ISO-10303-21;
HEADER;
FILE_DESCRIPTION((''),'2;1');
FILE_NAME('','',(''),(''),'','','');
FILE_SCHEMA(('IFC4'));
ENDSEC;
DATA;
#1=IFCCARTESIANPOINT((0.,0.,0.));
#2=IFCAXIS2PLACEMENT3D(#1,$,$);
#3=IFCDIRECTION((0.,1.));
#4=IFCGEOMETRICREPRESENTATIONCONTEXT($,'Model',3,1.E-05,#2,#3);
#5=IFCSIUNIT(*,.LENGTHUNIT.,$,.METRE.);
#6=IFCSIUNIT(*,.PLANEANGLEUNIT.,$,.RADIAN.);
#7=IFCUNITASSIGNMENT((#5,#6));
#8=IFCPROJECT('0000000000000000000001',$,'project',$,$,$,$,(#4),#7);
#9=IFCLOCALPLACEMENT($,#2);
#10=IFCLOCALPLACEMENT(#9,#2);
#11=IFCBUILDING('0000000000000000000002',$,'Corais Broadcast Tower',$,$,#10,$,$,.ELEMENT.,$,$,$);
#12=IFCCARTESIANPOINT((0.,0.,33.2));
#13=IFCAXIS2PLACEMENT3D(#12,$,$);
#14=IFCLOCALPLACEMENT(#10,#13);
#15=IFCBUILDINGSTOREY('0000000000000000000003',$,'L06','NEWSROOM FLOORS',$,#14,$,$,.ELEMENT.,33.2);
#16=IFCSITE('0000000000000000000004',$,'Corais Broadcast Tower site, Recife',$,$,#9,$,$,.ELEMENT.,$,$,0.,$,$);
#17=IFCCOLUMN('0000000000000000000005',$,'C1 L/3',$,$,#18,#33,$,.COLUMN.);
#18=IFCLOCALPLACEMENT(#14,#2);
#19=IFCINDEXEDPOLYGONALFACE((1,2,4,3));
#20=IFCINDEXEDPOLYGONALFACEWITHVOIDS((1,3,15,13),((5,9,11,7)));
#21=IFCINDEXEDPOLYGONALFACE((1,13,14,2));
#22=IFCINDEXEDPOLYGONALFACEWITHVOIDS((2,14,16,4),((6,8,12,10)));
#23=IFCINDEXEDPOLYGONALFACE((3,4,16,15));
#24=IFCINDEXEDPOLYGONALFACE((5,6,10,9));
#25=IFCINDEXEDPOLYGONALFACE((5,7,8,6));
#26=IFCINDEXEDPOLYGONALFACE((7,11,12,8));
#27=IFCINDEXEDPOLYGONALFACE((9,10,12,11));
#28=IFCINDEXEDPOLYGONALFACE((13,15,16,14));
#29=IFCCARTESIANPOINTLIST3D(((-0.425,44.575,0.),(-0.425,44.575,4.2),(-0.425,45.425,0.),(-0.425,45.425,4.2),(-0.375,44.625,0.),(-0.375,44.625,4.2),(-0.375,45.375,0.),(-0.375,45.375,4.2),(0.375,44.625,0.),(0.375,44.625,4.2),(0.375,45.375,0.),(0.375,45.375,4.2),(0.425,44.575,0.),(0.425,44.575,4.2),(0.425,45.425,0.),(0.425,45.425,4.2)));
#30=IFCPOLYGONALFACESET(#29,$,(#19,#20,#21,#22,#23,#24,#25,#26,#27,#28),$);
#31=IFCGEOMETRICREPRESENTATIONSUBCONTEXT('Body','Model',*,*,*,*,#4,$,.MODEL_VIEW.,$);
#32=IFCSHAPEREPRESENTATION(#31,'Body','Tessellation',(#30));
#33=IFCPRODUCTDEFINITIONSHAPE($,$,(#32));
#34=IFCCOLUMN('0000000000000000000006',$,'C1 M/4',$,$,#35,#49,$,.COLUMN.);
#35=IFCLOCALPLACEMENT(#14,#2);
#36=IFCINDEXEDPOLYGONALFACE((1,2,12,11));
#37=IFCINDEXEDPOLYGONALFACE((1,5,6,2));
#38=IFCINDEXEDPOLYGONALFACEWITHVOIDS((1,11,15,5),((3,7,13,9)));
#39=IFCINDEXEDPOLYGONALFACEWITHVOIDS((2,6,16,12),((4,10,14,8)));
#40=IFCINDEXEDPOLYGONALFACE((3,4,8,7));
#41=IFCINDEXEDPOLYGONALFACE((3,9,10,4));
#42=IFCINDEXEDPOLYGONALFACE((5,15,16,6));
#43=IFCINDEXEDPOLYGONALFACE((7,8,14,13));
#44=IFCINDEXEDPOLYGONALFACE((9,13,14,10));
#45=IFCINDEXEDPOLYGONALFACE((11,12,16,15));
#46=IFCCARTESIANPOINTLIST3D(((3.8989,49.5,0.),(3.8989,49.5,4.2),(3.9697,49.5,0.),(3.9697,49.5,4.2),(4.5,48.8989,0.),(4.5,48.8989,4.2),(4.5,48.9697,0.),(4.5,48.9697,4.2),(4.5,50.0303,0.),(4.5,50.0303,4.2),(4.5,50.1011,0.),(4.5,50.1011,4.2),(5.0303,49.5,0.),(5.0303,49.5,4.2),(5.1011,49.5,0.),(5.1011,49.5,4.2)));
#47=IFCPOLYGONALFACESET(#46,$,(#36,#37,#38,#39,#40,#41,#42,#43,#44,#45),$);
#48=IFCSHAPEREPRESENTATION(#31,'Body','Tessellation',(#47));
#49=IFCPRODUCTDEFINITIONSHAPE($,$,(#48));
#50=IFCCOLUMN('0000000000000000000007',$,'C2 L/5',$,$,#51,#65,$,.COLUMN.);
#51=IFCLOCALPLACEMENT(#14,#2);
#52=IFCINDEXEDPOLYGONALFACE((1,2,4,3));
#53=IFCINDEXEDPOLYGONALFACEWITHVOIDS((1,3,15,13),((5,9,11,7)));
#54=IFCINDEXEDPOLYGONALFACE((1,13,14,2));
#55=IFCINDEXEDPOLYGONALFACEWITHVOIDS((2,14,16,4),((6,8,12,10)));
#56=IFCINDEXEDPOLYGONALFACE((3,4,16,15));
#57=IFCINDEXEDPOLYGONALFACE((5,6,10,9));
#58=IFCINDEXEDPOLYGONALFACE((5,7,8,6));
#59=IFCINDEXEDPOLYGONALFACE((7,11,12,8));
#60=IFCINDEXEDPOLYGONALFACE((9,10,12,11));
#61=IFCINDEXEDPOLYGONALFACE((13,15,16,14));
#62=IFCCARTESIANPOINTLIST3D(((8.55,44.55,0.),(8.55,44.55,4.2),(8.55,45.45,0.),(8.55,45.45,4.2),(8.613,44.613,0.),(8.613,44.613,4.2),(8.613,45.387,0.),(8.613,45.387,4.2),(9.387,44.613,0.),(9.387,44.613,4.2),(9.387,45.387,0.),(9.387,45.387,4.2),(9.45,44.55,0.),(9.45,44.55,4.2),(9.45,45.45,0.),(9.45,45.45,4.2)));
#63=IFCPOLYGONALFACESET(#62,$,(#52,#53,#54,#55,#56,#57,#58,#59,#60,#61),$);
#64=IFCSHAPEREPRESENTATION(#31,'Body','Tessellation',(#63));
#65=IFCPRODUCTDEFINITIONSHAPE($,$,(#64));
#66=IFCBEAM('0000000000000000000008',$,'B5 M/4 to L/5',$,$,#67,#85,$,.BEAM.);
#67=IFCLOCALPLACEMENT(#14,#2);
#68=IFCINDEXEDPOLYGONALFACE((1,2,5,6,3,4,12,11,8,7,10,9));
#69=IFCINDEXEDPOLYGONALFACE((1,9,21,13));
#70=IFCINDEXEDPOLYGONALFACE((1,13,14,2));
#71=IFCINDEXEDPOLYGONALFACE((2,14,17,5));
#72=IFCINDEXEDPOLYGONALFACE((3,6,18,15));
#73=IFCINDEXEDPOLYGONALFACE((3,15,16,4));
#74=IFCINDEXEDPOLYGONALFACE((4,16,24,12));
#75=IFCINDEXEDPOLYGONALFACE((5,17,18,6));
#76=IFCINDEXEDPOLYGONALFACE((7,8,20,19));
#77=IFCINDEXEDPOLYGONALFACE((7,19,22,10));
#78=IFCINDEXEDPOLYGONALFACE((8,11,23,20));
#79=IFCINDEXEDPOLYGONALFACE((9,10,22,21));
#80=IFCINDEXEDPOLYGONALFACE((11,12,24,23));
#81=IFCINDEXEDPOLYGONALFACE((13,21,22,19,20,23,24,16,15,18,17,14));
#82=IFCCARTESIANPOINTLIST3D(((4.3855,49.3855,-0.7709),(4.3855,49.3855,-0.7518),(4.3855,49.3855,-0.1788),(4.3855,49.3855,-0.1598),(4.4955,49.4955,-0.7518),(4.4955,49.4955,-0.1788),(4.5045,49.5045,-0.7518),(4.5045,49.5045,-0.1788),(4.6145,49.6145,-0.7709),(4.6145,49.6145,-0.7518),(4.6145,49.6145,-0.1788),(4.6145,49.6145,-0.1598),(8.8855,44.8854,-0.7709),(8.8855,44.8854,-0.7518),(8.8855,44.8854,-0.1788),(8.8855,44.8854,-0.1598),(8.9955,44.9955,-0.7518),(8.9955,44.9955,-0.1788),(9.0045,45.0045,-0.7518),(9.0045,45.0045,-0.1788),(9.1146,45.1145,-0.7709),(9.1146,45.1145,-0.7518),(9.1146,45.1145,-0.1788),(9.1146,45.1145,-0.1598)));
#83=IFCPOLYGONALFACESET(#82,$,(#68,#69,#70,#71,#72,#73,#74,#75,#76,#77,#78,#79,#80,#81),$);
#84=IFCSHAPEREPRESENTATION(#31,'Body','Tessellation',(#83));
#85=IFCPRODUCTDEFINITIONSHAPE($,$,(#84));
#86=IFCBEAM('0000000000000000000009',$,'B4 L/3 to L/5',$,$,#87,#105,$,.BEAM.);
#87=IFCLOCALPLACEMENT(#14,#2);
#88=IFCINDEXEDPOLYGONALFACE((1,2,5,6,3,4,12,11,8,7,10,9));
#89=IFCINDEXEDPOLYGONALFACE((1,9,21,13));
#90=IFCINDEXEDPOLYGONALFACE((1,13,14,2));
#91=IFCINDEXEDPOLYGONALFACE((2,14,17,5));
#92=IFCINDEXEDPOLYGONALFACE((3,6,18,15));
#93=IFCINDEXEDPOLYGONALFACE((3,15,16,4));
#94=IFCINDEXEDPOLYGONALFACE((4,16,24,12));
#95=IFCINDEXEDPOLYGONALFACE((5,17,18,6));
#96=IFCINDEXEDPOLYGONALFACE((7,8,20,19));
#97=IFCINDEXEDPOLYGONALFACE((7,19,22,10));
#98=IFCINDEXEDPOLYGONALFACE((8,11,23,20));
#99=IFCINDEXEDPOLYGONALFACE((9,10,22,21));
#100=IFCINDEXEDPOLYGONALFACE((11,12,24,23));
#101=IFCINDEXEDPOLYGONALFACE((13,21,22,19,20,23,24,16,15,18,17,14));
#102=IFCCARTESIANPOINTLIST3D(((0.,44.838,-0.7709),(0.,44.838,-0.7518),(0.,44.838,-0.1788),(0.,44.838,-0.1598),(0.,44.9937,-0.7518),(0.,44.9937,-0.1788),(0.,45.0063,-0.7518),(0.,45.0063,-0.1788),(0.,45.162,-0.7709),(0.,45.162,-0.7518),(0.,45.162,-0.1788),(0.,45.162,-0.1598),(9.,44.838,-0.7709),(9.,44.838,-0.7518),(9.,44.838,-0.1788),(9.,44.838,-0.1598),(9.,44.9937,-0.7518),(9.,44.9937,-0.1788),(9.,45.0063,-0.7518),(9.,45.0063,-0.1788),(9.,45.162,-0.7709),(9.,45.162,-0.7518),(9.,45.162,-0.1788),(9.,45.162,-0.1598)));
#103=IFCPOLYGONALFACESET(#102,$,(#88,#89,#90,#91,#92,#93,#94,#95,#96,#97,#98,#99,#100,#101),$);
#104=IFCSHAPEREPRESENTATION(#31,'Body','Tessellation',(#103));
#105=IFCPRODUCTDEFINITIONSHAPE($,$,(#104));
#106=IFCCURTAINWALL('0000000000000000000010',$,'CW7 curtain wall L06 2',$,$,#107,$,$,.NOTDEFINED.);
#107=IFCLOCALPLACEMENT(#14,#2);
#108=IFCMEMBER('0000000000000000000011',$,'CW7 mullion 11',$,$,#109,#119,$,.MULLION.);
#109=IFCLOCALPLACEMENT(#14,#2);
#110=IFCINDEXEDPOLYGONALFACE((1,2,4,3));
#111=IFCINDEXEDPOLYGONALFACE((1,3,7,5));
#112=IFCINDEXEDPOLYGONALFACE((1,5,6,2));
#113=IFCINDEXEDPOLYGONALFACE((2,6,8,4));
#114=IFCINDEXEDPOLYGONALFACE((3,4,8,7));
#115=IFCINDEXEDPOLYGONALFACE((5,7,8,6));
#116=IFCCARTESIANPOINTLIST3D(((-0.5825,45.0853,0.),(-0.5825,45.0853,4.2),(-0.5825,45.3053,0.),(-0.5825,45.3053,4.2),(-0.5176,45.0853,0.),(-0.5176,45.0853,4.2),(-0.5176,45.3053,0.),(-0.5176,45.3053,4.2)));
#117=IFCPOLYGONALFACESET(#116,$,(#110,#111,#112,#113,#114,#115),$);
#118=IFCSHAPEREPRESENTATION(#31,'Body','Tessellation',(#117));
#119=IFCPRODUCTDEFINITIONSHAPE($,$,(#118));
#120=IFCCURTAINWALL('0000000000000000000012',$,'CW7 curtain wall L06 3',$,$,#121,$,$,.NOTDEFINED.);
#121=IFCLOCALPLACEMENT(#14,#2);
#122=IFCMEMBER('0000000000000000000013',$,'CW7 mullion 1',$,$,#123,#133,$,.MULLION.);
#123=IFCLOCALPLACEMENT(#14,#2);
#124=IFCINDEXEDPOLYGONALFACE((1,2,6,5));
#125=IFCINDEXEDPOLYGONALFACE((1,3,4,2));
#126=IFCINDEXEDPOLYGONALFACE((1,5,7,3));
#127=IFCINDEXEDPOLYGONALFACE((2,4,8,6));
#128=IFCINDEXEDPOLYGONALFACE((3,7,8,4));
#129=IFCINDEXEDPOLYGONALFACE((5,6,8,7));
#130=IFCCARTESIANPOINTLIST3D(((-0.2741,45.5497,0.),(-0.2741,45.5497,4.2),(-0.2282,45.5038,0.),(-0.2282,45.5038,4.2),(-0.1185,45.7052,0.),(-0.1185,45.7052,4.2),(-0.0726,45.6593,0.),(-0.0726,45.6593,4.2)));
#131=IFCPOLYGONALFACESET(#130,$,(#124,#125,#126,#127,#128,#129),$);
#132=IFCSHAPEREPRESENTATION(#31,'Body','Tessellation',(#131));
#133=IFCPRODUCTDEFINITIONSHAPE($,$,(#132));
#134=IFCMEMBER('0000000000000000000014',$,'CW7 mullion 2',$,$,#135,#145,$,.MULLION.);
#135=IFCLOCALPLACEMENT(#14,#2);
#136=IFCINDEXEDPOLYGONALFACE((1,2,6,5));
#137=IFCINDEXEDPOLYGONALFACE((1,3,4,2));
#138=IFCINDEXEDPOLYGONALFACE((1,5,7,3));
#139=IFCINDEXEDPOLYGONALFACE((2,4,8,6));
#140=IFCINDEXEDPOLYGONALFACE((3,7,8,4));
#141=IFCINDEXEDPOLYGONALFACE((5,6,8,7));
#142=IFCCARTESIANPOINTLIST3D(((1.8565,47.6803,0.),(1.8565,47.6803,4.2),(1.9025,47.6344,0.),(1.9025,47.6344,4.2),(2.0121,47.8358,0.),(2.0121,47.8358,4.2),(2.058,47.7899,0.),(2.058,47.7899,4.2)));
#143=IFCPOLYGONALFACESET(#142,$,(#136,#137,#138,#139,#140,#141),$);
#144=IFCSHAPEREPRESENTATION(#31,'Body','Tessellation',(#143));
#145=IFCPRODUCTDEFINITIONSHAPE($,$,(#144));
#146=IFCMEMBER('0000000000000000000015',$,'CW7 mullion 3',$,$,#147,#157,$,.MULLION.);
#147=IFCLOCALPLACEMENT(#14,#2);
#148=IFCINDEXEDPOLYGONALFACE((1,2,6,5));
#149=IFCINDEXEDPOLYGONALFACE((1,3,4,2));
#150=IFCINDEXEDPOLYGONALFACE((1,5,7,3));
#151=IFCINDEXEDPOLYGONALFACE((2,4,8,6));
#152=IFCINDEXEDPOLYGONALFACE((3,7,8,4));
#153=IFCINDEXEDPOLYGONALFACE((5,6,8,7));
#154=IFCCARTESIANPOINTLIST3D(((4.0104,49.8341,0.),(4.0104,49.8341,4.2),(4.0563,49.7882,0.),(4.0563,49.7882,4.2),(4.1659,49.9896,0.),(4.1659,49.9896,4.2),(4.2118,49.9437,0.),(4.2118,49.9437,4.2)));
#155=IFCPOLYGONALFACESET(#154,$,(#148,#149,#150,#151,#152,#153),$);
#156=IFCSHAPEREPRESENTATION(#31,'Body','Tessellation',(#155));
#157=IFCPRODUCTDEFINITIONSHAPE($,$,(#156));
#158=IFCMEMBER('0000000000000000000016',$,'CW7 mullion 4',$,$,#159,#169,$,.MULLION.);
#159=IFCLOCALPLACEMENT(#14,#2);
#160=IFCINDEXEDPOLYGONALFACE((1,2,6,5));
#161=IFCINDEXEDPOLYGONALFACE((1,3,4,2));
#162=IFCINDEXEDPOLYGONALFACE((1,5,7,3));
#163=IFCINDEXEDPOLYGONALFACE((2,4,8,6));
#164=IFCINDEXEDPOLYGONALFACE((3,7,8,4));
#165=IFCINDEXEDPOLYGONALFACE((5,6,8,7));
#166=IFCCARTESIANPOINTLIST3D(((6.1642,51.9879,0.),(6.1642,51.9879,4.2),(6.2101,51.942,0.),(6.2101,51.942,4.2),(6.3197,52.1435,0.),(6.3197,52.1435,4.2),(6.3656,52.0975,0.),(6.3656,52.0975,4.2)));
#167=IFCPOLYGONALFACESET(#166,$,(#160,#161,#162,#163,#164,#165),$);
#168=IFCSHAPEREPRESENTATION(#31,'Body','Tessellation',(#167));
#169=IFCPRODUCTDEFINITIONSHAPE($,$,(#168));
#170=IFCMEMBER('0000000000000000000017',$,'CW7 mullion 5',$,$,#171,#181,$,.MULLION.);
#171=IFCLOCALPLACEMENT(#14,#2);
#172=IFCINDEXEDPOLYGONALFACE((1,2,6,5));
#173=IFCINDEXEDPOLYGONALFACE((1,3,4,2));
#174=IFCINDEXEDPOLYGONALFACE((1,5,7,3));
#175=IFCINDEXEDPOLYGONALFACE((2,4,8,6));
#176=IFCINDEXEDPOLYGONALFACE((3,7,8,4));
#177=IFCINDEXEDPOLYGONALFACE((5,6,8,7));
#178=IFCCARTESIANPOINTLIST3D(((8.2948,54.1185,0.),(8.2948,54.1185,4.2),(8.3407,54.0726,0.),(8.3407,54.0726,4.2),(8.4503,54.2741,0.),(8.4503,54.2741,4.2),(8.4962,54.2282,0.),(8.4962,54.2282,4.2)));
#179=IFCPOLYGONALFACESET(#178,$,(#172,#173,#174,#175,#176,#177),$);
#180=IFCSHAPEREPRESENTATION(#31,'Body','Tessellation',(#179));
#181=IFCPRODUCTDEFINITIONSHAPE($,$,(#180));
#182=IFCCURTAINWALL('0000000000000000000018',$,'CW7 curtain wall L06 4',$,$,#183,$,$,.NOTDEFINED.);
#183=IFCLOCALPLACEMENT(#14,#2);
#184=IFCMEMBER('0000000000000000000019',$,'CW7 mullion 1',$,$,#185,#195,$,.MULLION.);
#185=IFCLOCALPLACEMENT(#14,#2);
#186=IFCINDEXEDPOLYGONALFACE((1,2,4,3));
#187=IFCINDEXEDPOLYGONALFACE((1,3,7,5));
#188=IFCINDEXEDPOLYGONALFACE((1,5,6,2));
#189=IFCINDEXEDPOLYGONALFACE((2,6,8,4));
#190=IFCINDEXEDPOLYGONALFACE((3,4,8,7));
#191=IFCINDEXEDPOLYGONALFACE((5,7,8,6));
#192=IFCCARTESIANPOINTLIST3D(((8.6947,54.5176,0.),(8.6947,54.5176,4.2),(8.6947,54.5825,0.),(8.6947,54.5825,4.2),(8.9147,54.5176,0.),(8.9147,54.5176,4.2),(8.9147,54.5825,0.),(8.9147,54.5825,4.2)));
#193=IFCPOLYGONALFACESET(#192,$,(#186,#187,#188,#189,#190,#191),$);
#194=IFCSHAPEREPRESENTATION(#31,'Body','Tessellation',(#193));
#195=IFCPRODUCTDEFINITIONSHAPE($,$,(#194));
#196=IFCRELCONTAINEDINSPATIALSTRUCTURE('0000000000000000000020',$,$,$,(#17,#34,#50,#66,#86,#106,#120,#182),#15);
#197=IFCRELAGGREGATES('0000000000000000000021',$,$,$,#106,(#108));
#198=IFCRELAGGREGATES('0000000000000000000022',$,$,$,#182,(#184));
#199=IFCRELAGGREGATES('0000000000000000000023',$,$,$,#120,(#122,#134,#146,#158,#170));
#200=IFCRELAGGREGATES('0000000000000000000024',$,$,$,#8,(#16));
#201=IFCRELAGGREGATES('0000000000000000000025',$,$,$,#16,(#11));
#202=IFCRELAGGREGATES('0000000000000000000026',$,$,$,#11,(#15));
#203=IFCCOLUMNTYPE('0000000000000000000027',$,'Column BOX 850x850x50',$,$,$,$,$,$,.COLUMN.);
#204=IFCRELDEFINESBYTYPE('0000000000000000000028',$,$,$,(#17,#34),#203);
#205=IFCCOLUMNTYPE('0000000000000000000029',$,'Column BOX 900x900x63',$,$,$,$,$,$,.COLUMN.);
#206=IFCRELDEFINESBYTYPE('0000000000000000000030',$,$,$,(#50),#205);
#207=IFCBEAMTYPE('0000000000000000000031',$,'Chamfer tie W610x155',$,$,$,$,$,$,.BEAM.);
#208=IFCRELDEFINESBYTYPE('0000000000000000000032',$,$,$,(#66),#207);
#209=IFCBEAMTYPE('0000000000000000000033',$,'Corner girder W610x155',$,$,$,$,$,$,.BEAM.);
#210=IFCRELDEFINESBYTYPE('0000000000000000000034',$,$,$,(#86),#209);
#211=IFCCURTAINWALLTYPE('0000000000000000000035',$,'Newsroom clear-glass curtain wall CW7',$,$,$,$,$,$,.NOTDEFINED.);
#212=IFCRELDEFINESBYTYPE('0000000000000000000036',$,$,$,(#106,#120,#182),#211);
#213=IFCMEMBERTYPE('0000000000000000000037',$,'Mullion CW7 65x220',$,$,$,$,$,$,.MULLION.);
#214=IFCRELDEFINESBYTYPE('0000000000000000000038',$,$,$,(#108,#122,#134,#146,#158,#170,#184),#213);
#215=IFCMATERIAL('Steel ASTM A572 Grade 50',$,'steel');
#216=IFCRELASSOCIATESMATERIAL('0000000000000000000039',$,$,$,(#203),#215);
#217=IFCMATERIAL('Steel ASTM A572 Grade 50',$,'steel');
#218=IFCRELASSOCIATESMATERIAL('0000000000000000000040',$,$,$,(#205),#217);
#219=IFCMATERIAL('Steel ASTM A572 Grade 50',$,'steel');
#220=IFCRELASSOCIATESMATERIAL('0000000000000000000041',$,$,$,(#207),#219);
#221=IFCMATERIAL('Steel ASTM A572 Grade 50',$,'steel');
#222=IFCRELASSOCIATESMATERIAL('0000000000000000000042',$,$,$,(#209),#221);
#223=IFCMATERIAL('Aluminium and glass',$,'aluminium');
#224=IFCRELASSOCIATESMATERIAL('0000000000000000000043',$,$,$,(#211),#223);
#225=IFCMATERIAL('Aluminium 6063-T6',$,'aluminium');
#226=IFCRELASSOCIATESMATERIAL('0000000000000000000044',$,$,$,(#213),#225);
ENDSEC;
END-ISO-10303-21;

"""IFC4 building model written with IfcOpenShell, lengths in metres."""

from ifc_helpers import new_model, si_unit, direction, frame, origin, origin_2d, place, context, subcontext, project, spatial, rectangle, hollow_rectangle, i_section, extrude, material, material_profile, profile_set, type_object, element, aggregate, save


model = new_model("IFC4")

# Units and contexts
model_context = context("Model", 3, precision=1e-05, world=origin(), true_north=direction((0.0, 1.0)))
body_context = subcontext(model_context, "Body", "Model", "MODEL_VIEW")
ifc_project = project(units=[si_unit("LENGTHUNIT", "METRE"), si_unit("PLANEANGLEUNIT", "RADIAN")], contexts=[model_context])

# Site, building, storey
site_placement = place(None, origin())
site = spatial("IfcSite", under=ifc_project, at=site_placement, Name="Corais Broadcast Tower site, Recife", CompositionType="ELEMENT", RefElevation=0.0)
building_placement = place(site_placement, origin())
building = spatial("IfcBuilding", under=site, at=building_placement, Name="Corais Broadcast Tower", CompositionType="ELEMENT")
storey_placement = place(building_placement, frame((0.0, 0.0, 33.2)))
storey = spatial("IfcBuildingStorey", under=building, at=storey_placement, Name="L06", Description="NEWSROOM FLOORS", CompositionType="ELEMENT", Elevation=33.2)

# Columns
ifc_material_1 = material(Name="Steel ASTM A572 Grade 50", Category="steel")
ifc_material_profile_1 = material_profile(ifc_material_1, hollow_rectangle(XDim=0.8501, YDim=0.8501, WallThickness=0.05, at=origin_2d()), Name="BOX 850x850x50")
ifc_profile_set_1 = profile_set([ifc_material_profile_1], Name="Steel ASTM A572 Grade 50")
column_type_1 = type_object("IfcColumnType", Name="Column BOX 850x850x50", PredefinedType="COLUMN", material=ifc_profile_set_1)
for number, where, z_axis, x_axis, name in (
    (1, (0.0, 45.0, 0.0), (0.0, 0.0, 1.0), (1.0, 0.0, 0.0), "C1 L/3"),
    (2, (4.5, 49.5, 0.0), (0.0, 0.0, 1.0), (0.707107, 0.707107, 0.0), "C1 M/4"),
):
    element("IfcColumn", number, at=place(storey_placement, frame(where, z_axis=z_axis, x_axis=x_axis)), inside=storey, type_object=column_type_1, Name=name, PredefinedType="COLUMN", context=body_context, shape_type="SweptSolid", body=[
        extrude(hollow_rectangle(XDim=0.8501, YDim=0.8501, WallThickness=0.05, at=origin_2d()), origin(), (0.0, 0.0, 1.0), 4.2),
    ])
ifc_material_2 = material(Name="Steel ASTM A572 Grade 50", Category="steel")
ifc_material_profile_2 = material_profile(ifc_material_2, hollow_rectangle(XDim=0.8999, YDim=0.8999, WallThickness=0.063, at=origin_2d()), Name="BOX 900x900x63")
ifc_profile_set_2 = profile_set([ifc_material_profile_2], Name="Steel ASTM A572 Grade 50")
column_type_2 = type_object("IfcColumnType", Name="Column BOX 900x900x63", PredefinedType="COLUMN", material=ifc_profile_set_2)
column_placement = place(storey_placement, frame((9.0, 45.0, 0.0), z_axis=(0.0, 0.0, 1.0), x_axis=(1.0, 0.0, 0.0)))
element("IfcColumn", 3, at=column_placement, inside=storey, type_object=column_type_2, Name="C2 L/5", PredefinedType="COLUMN", context=body_context, shape_type="SweptSolid", body=[
    extrude(hollow_rectangle(XDim=0.8999, YDim=0.8999, WallThickness=0.063, at=origin_2d()), origin(), (0.0, 0.0, 1.0), 4.2),
])

# Beams
ifc_material_3 = material(Name="Steel ASTM A572 Grade 50", Category="steel")
ifc_material_profile_3 = material_profile(ifc_material_3, i_section(OverallWidth=0.324, OverallDepth=0.6111, WebThickness=0.0127, FlangeThickness=0.019, at=origin_2d()), Name="W610x155")
ifc_profile_set_3 = profile_set([ifc_material_profile_3], Name="Steel ASTM A572 Grade 50")
beam_type_1 = type_object("IfcBeamType", Name="Chamfer tie W610x155", PredefinedType="BEAM", material=ifc_profile_set_3)
beam_1_placement = place(storey_placement, frame((4.5, 49.5, -0.4653), z_axis=(0.707107, -0.707107, 0.0), x_axis=(0.707107, 0.707107, 0.0)))
element("IfcBeam", 4, at=beam_1_placement, inside=storey, type_object=beam_type_1, Name="B5 M/4 to L/5", PredefinedType="BEAM", context=body_context, shape_type="SweptSolid", body=[
    extrude(i_section(OverallWidth=0.324, OverallDepth=0.6111, WebThickness=0.0127, FlangeThickness=0.019, at=origin_2d()), origin(), (0.0, 0.0, 1.0), 6.364),
])
ifc_material_4 = material(Name="Steel ASTM A572 Grade 50", Category="steel")
ifc_material_profile_4 = material_profile(ifc_material_4, i_section(OverallWidth=0.324, OverallDepth=0.6111, WebThickness=0.0127, FlangeThickness=0.019, at=origin_2d()), Name="W610x155")
ifc_profile_set_4 = profile_set([ifc_material_profile_4], Name="Steel ASTM A572 Grade 50")
beam_type_2 = type_object("IfcBeamType", Name="Corner girder W610x155", PredefinedType="BEAM", material=ifc_profile_set_4)
beam_2_placement = place(storey_placement, frame((0.0, 45.0, -0.4653), z_axis=(1.0, 0.0, 0.0), x_axis=(0.0, 1.0, 0.0)))
element("IfcBeam", 5, at=beam_2_placement, inside=storey, type_object=beam_type_2, Name="B4 L/3 to L/5", PredefinedType="BEAM", context=body_context, shape_type="SweptSolid", body=[
    extrude(i_section(OverallWidth=0.324, OverallDepth=0.6111, WebThickness=0.0127, FlangeThickness=0.019, at=origin_2d()), origin(), (0.0, 0.0, 1.0), 9.0),
])

# Curtain wall, member
ifc_material_5 = material(Name="Aluminium and glass", Category="aluminium")
curtain_wall_type = type_object("IfcCurtainWallType", Name="Newsroom clear-glass curtain wall CW7", PredefinedType="NOTDEFINED", material=ifc_material_5)
curtain_wall_1_placement = place(storey_placement, origin())
curtain_wall_1 = element("IfcCurtainWall", 6, at=curtain_wall_1_placement, inside=storey, type_object=curtain_wall_type, Name="CW7 curtain wall L06 2", PredefinedType="NOTDEFINED")
ifc_material_6 = material(Name="Aluminium 6063-T6", Category="aluminium")
ifc_material_profile_5 = material_profile(ifc_material_6, rectangle(XDim=0.0649, YDim=0.22, at=origin_2d()), Name="Mullion CW7 65x220")
ifc_profile_set_5 = profile_set([ifc_material_profile_5], Name="Aluminium 6063-T6")
member_type_1 = type_object("IfcMemberType", Name="Mullion CW7 65x220", PredefinedType="MULLION", material=ifc_profile_set_5)
member_1_placement = place(storey_placement, frame((-0.55, 45.1953, 0.0), z_axis=(0.0, 0.0, 1.0), x_axis=(-1.0, 0.0, 0.0)))
member_1 = element("IfcMember", 7, at=member_1_placement, type_object=member_type_1, Name="CW7 mullion 11", PredefinedType="MULLION", context=body_context, shape_type="SweptSolid", body=[
    extrude(rectangle(XDim=0.0649, YDim=0.22, at=origin_2d()), origin(), (0.0, 0.0, 1.0), 4.2),
])
aggregate(curtain_wall_1, [member_1])

# Curtain wall, members
curtain_wall_2_placement = place(storey_placement, origin())
curtain_wall_2 = element("IfcCurtainWall", 8, at=curtain_wall_2_placement, inside=storey, type_object=curtain_wall_type, Name="CW7 curtain wall L06 3", PredefinedType="NOTDEFINED")
member_2_placement = place(storey_placement, frame((-0.1733, 45.6045, 0.0), z_axis=(0.0, 0.0, 1.0), x_axis=(-0.707107, 0.707107, 0.0)))
member_2 = element("IfcMember", 9, at=member_2_placement, type_object=member_type_1, Name="CW7 mullion 1", PredefinedType="MULLION", context=body_context, shape_type="SweptSolid", body=[
    extrude(rectangle(XDim=0.0649, YDim=0.22, at=origin_2d()), origin(), (0.0, 0.0, 1.0), 4.2),
])
member_3_placement = place(storey_placement, frame((1.9573, 47.7351, 0.0), z_axis=(0.0, 0.0, 1.0), x_axis=(-0.707107, 0.707107, 0.0)))
member_3 = element("IfcMember", 10, at=member_3_placement, type_object=member_type_1, Name="CW7 mullion 2", PredefinedType="MULLION", context=body_context, shape_type="SweptSolid", body=[
    extrude(rectangle(XDim=0.0649, YDim=0.22, at=origin_2d()), origin(), (0.0, 0.0, 1.0), 4.2),
])
member_4_placement = place(storey_placement, frame((4.1111, 49.8889, 0.0), z_axis=(0.0, 0.0, 1.0), x_axis=(-0.707107, 0.707107, 0.0)))
member_4 = element("IfcMember", 11, at=member_4_placement, type_object=member_type_1, Name="CW7 mullion 3", PredefinedType="MULLION", context=body_context, shape_type="SweptSolid", body=[
    extrude(rectangle(XDim=0.0649, YDim=0.22, at=origin_2d()), origin(), (0.0, 0.0, 1.0), 4.2),
])
member_5_placement = place(storey_placement, frame((6.2649, 52.0427, 0.0), z_axis=(0.0, 0.0, 1.0), x_axis=(-0.707107, 0.707107, 0.0)))
member_5 = element("IfcMember", 12, at=member_5_placement, type_object=member_type_1, Name="CW7 mullion 4", PredefinedType="MULLION", context=body_context, shape_type="SweptSolid", body=[
    extrude(rectangle(XDim=0.0649, YDim=0.22, at=origin_2d()), origin(), (0.0, 0.0, 1.0), 4.2),
])
member_6_placement = place(storey_placement, frame((8.3955, 54.1733, 0.0), z_axis=(0.0, 0.0, 1.0), x_axis=(-0.707107, 0.707107, 0.0)))
member_6 = element("IfcMember", 13, at=member_6_placement, type_object=member_type_1, Name="CW7 mullion 5", PredefinedType="MULLION", context=body_context, shape_type="SweptSolid", body=[
    extrude(rectangle(XDim=0.0649, YDim=0.22, at=origin_2d()), origin(), (0.0, 0.0, 1.0), 4.2),
])

# Curtain wall, member
curtain_wall_3_placement = place(storey_placement, origin())
curtain_wall_3 = element("IfcCurtainWall", 14, at=curtain_wall_3_placement, inside=storey, type_object=curtain_wall_type, Name="CW7 curtain wall L06 4", PredefinedType="NOTDEFINED")
member_7_placement = place(storey_placement, frame((8.8047, 54.55, 0.0), z_axis=(0.0, 0.0, 1.0), x_axis=(0.0, 1.0, 0.0)))
member_7 = element("IfcMember", 15, at=member_7_placement, type_object=member_type_1, Name="CW7 mullion 1", PredefinedType="MULLION", context=body_context, shape_type="SweptSolid", body=[
    extrude(rectangle(XDim=0.0649, YDim=0.22, at=origin_2d()), origin(), (0.0, 0.0, 1.0), 4.2),
])

aggregate(curtain_wall_3, [member_7])

aggregate(curtain_wall_2, [member_2, member_3, member_4, member_5, member_6])

save(model, "model.ifc")
